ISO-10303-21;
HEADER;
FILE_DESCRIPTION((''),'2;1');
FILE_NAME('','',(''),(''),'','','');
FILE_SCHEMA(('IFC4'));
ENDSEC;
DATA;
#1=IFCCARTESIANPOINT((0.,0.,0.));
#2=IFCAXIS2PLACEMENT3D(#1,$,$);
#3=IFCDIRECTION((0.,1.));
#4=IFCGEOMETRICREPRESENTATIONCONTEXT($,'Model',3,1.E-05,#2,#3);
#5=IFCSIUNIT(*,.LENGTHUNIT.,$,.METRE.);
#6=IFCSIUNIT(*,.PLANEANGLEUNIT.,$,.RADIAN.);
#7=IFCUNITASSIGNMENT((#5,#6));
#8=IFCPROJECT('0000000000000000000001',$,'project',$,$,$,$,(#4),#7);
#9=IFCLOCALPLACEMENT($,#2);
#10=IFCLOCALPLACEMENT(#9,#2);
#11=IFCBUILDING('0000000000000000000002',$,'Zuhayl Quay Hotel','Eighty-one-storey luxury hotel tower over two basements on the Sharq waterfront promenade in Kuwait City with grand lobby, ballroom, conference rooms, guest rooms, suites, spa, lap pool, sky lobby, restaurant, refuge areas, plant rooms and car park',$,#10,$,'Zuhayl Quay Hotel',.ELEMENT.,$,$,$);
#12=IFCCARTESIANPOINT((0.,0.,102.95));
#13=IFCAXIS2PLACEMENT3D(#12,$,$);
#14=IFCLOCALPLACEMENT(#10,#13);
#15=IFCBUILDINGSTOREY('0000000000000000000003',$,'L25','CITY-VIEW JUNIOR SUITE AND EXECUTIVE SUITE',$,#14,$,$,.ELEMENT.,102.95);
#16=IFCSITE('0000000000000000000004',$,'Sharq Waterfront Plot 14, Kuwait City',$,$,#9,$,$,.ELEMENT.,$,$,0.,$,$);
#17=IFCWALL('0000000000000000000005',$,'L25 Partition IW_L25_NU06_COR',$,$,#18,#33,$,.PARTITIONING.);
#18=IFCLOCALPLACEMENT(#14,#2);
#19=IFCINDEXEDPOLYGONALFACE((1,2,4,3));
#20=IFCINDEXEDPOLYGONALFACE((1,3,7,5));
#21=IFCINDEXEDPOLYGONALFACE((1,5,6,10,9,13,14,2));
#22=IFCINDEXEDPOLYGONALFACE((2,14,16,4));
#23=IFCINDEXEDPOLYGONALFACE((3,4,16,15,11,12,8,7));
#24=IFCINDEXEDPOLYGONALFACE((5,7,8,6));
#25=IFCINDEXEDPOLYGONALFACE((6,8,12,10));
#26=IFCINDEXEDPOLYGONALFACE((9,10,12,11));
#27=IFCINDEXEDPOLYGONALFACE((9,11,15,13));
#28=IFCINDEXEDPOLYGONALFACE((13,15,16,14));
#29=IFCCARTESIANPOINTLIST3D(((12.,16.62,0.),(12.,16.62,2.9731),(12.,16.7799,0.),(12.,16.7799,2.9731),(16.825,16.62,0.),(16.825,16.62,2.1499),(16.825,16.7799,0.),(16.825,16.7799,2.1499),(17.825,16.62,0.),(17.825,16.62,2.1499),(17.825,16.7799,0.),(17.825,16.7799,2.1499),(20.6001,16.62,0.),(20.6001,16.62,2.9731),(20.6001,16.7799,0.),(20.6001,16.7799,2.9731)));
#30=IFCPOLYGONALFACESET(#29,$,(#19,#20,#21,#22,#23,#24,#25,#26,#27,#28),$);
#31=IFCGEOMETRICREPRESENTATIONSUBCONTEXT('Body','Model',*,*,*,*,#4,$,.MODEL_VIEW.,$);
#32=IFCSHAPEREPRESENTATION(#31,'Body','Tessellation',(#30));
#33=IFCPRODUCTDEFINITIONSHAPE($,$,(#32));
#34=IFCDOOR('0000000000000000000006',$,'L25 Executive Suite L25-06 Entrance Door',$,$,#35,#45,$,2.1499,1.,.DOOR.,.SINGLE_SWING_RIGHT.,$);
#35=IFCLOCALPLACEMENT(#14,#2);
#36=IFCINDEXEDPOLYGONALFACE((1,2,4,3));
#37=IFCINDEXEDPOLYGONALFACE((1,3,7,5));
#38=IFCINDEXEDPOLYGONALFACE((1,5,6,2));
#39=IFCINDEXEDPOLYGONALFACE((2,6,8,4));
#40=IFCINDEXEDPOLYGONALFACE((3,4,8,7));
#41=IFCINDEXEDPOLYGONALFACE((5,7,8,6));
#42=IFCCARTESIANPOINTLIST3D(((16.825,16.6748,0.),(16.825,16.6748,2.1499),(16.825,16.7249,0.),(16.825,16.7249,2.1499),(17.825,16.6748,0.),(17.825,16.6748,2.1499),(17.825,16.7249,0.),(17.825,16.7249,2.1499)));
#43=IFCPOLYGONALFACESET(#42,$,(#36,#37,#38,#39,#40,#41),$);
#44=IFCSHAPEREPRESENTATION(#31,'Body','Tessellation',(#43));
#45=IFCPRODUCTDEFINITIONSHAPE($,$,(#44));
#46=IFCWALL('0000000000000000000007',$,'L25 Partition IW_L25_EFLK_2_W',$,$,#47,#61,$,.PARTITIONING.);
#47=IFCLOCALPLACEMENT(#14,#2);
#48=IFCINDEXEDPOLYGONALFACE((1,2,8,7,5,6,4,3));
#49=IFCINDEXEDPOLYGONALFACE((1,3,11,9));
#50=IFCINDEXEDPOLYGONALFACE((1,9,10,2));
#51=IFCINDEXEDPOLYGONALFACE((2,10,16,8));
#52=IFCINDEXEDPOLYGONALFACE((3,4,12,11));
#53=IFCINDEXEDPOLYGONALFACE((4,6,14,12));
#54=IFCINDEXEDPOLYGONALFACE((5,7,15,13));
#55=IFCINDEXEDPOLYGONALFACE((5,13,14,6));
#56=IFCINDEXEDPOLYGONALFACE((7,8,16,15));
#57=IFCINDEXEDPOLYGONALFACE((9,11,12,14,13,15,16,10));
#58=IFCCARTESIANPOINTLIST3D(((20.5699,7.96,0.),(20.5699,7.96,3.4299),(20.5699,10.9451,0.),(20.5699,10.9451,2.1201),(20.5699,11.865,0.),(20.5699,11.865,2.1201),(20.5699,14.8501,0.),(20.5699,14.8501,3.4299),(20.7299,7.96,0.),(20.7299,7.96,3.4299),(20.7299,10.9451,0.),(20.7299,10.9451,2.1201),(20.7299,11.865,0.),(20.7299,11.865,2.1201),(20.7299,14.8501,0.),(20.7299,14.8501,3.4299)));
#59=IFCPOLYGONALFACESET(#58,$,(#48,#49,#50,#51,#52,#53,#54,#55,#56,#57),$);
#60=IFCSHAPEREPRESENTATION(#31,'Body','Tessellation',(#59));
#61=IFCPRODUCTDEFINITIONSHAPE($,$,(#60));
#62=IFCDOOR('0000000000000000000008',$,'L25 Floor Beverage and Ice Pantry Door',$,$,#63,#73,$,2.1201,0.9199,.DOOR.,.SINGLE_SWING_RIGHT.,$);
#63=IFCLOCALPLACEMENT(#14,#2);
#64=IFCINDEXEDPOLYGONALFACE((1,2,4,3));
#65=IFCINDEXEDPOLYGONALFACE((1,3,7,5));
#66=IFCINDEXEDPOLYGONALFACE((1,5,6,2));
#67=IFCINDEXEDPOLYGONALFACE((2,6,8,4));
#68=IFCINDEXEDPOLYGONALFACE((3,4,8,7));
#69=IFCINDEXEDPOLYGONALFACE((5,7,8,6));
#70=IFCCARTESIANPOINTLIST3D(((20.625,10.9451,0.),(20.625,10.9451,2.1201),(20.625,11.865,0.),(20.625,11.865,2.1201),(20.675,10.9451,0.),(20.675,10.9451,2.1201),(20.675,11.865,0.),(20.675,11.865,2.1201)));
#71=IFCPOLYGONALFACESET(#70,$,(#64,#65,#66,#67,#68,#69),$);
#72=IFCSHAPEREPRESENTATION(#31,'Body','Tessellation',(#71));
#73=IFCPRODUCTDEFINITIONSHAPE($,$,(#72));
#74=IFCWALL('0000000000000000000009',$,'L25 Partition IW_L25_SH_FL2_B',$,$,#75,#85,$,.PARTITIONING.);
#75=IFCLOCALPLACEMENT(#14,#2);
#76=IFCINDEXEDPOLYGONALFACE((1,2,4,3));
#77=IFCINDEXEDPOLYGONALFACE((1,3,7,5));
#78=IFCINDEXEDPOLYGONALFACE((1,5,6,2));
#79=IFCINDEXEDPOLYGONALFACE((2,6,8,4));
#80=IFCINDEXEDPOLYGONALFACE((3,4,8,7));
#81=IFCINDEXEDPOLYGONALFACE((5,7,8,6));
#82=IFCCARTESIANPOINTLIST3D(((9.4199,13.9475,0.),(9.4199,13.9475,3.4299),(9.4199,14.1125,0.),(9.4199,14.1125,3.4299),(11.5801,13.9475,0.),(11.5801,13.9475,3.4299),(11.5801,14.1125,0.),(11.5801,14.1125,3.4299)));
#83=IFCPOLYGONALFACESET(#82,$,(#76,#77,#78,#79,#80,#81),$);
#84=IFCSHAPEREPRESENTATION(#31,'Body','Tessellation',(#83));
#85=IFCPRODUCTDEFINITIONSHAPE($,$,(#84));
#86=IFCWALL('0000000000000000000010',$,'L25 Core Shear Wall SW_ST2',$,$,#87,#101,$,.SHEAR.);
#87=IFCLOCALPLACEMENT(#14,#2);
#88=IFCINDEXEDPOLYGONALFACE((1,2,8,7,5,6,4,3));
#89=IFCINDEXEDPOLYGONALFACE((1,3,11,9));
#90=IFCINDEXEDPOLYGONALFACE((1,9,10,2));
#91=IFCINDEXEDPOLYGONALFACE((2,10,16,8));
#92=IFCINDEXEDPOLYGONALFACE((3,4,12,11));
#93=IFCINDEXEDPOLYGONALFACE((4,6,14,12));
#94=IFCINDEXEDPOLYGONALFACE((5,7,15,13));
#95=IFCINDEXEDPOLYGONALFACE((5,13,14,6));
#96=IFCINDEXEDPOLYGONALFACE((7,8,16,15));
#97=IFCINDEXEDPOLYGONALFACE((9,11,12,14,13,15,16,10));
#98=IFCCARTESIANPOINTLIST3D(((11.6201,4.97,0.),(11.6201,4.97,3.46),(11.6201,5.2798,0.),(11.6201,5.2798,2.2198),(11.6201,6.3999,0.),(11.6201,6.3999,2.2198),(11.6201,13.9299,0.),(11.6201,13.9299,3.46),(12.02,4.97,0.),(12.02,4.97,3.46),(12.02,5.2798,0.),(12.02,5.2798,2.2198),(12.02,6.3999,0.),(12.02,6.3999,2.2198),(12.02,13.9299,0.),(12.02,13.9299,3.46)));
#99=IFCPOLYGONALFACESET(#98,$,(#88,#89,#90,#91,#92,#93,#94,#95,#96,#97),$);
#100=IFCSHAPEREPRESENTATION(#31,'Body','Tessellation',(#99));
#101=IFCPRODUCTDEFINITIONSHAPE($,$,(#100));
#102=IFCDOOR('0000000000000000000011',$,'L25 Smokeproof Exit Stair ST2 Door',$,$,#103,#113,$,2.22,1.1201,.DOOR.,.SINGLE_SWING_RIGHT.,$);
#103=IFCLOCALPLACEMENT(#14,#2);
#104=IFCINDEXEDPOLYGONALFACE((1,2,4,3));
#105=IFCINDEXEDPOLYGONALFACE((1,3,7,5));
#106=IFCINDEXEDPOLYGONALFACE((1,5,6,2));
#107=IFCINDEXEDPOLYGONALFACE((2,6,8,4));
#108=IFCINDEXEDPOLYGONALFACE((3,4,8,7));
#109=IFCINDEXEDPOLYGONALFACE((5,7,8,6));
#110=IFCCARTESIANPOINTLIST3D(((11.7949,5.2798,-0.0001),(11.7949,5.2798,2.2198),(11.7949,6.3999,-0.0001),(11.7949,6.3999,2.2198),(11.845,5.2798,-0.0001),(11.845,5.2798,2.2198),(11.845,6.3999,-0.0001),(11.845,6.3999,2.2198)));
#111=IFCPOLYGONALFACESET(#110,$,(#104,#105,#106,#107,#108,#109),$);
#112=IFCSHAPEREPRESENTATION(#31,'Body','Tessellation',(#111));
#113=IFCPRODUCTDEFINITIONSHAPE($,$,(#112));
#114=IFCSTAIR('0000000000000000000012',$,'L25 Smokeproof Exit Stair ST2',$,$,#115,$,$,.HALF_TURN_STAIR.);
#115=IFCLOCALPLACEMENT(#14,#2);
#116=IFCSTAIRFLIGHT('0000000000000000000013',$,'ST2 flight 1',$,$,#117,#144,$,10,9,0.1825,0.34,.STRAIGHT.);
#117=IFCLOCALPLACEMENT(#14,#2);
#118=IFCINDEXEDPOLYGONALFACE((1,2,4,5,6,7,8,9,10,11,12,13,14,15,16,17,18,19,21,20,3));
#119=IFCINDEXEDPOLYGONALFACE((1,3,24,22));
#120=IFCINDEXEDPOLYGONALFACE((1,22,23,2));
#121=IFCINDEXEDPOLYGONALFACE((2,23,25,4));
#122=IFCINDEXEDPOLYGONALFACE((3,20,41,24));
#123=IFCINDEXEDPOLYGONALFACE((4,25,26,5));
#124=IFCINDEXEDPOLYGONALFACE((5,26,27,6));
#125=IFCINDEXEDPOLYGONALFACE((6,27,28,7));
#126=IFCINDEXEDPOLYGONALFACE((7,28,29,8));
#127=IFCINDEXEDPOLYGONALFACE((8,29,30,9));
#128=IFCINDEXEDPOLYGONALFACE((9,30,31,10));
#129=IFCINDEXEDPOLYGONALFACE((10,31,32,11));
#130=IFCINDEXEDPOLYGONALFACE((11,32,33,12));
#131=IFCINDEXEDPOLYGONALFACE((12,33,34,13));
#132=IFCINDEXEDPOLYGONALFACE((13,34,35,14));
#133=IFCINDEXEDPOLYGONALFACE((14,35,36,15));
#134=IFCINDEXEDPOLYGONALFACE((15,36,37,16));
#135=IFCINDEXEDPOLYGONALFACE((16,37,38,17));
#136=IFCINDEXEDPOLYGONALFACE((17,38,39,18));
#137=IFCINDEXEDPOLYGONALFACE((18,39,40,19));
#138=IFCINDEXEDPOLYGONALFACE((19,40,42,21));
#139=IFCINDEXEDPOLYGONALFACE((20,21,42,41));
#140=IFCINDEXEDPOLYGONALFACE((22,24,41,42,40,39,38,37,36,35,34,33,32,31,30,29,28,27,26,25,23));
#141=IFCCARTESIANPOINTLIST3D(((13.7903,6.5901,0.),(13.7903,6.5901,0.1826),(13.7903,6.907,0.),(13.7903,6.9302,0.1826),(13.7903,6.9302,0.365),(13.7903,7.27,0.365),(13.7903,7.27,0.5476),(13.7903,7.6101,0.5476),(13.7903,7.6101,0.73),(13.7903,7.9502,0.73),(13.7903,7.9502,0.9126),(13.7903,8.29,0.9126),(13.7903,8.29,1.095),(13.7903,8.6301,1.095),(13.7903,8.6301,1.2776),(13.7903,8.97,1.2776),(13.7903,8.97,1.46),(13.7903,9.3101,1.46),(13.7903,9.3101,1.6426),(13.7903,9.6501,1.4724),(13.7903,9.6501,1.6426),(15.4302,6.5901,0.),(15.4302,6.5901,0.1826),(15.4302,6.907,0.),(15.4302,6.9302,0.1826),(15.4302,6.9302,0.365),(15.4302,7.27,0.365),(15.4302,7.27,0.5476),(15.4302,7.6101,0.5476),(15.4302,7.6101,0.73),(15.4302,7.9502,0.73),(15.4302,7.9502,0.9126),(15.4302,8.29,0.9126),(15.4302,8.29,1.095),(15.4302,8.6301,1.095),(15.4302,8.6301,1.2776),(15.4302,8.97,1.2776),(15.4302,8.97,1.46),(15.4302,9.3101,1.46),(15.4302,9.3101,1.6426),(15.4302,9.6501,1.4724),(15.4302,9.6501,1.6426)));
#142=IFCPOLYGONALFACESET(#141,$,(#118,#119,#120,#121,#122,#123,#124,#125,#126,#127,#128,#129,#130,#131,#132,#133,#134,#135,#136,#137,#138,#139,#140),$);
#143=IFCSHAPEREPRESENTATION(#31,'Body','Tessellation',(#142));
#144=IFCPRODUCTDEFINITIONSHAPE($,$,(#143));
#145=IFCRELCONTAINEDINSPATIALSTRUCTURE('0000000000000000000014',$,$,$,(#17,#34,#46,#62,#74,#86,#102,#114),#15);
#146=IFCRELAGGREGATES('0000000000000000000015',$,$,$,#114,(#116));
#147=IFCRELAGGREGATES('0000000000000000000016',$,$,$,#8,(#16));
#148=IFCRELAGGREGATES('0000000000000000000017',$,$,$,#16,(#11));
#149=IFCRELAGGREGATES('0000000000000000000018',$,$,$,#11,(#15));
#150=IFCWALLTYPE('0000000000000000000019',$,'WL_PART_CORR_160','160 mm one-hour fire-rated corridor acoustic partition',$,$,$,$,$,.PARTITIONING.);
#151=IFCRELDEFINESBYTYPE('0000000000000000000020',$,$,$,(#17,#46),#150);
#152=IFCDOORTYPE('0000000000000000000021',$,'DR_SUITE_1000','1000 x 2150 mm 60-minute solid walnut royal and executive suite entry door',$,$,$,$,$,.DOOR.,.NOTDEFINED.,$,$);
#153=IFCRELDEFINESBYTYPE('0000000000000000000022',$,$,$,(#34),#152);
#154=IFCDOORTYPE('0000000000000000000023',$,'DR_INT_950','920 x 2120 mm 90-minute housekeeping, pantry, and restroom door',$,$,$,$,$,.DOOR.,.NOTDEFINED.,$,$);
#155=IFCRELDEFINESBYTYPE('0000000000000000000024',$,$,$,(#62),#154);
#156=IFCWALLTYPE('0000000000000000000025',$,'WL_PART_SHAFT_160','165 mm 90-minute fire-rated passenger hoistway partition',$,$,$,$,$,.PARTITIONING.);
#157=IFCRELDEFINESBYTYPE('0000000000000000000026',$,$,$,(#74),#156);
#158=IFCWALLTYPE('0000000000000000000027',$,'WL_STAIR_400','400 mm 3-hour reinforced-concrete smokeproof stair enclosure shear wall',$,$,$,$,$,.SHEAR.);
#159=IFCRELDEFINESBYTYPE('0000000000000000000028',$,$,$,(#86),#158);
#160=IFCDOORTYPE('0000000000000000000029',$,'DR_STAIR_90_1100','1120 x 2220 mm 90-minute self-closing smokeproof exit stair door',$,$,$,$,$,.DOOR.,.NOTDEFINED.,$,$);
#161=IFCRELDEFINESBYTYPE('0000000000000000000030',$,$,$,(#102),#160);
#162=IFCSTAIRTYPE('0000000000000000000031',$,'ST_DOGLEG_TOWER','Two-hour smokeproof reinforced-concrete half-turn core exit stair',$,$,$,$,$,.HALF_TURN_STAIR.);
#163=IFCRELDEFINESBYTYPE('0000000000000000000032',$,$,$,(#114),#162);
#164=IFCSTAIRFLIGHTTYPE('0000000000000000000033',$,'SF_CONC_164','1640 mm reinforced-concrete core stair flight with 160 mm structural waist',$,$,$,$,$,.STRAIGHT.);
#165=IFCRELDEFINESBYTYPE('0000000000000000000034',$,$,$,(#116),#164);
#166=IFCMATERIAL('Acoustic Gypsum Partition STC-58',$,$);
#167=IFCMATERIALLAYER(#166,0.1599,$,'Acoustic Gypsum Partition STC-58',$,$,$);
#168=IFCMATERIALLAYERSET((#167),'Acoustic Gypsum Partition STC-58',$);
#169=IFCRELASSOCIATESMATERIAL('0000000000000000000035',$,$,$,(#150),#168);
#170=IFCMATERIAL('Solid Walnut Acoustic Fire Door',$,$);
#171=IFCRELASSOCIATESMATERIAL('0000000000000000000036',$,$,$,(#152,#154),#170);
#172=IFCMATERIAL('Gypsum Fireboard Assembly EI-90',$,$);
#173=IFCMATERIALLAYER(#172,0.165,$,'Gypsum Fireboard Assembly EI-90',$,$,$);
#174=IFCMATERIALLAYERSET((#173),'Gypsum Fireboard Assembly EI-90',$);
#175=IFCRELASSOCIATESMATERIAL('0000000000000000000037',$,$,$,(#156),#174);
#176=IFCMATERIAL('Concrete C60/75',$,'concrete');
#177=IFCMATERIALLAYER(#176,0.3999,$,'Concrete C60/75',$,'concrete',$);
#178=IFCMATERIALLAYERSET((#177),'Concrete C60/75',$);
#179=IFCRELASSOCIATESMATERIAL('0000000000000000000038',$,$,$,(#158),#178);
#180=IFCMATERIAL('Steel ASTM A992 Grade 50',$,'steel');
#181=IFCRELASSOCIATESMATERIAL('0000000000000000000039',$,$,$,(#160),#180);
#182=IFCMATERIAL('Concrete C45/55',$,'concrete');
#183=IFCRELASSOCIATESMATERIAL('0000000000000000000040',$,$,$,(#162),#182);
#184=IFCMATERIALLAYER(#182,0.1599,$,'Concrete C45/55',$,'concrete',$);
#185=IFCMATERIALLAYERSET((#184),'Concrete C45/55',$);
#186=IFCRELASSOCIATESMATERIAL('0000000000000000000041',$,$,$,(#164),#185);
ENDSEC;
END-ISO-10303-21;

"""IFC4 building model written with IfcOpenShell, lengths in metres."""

from ifc_helpers import new_model, si_unit, direction, frame, frame_2d, origin, place, context, subcontext, project, spatial, polyline, rectangle, outline, extrude, material, layer, layer_set, type_object, element, fill, aggregate, save


model = new_model("IFC4")

# Units and contexts
model_context = context("Model", 3, precision=1e-05, world=origin(), true_north=direction((0.0, 1.0)))
body_context = subcontext(model_context, "Body", "Model", "MODEL_VIEW")
ifc_project = project(units=[si_unit("LENGTHUNIT", "METRE"), si_unit("PLANEANGLEUNIT", "RADIAN")], contexts=[model_context])

# Site, building, storey
site_placement = place(None, origin())
site = spatial("IfcSite", under=ifc_project, at=site_placement, Name="Sharq Waterfront Plot 14, Kuwait City", CompositionType="ELEMENT", RefElevation=0.0)
building_placement = place(site_placement, origin())
building = spatial("IfcBuilding", under=site, at=building_placement, Name="Zuhayl Quay Hotel", Description="Eighty-one-storey luxury hotel tower over two basements on the Sharq waterfront promenade in Kuwait City with grand lobby, ballroom, conference rooms, guest rooms, suites, spa, lap pool, sky lobby, restaurant, refuge areas, plant rooms and car park", LongName="Zuhayl Quay Hotel", CompositionType="ELEMENT")
storey_placement = place(building_placement, frame((0.0, 0.0, 102.95)))
storey = spatial("IfcBuildingStorey", under=building, at=storey_placement, Name="L25", Description="CITY-VIEW JUNIOR SUITE AND EXECUTIVE SUITE", CompositionType="ELEMENT", Elevation=102.95)

# Shared definitions
ifc_material_1 = material(Name="Steel ASTM A992 Grade 50", Category="steel")

# Shared definitions
ifc_material_2 = material(Name="Concrete C60/75", Category="concrete")

# Shared definitions
ifc_material_3 = material(Name="Acoustic Gypsum Partition STC-58")

# Walls, openings, doors
ifc_layer_1 = layer(ifc_material_3, 0.1599, Name="Acoustic Gypsum Partition STC-58")
ifc_layer_set_1 = layer_set([ifc_layer_1], Name="Acoustic Gypsum Partition STC-58")
wall_type_1 = type_object("IfcWallType", Name="WL_PART_CORR_160", Description="160 mm one-hour fire-rated corridor acoustic partition", PredefinedType="PARTITIONING", material=ifc_layer_set_1)
wall_1_placement = place(storey_placement, frame((12.0, 16.7, 0.0), z_axis=(0.0, 0.0, 1.0), x_axis=(1.0, 0.0, 0.0)))
wall_1 = element("IfcWall", 1, at=wall_1_placement, inside=storey, type_object=wall_type_1, Name="L25 Partition IW_L25_NU06_COR", PredefinedType="PARTITIONING", context=body_context, shape_type="SweptSolid", body=[
    extrude(rectangle(XDim=8.6001, YDim=0.1599, at=frame_2d((4.3, 0.0))), origin(), (0.0, 0.0, 1.0), 2.9731),
])
opening_1_placement = place(wall_1_placement, frame((4.825, 0.0, 0.0)))
opening_1 = element("IfcOpeningElement", 2, at=opening_1_placement, cuts=wall_1, PredefinedType="OPENING", context=body_context, shape_type="SweptSolid", body=[
    extrude(rectangle(XDim=1.0, YDim=2.1499, at=frame_2d((0.5, 1.075))), frame((0.0, 0.0898, 0.0), z_axis=(0.0, -1.0, 0.0), x_axis=(1.0, 0.0, 0.0)), (0.0, 0.0, 1.0), 0.1799),
])
ifc_material_4 = material(Name="Solid Walnut Acoustic Fire Door")
door_type_1 = type_object("IfcDoorType", Name="DR_SUITE_1000", Description="1000 x 2150 mm 60-minute solid walnut royal and executive suite entry door", OperationType="NOTDEFINED", PredefinedType="DOOR", material=ifc_material_4)
door_1_placement = place(opening_1_placement, origin())
door_1 = element("IfcDoor", 3, at=door_1_placement, inside=storey, type_object=door_type_1, Name="L25 Executive Suite L25-06 Entrance Door", OperationType="SINGLE_SWING_RIGHT", OverallHeight=2.1499, OverallWidth=1.0, PredefinedType="DOOR", context=body_context, shape_type="SweptSolid", body=[
    extrude(rectangle(XDim=1.0, YDim=2.1499, at=frame_2d((0.5, 1.075))), frame((0.0, 0.0249, 0.0), z_axis=(0.0, -1.0, 0.0), x_axis=(1.0, 0.0, 0.0)), (0.0, 0.0, 1.0), 0.05),
])
fill(opening_1, door_1)
wall_2_placement = place(storey_placement, frame((20.6499, 7.96, 0.0), z_axis=(0.0, 0.0, 1.0), x_axis=(0.0, 1.0, 0.0)))
wall_2 = element("IfcWall", 4, at=wall_2_placement, inside=storey, type_object=wall_type_1, Name="L25 Partition IW_L25_EFLK_2_W", PredefinedType="PARTITIONING", context=body_context, shape_type="SweptSolid", body=[
    extrude(rectangle(XDim=6.8901, YDim=0.1599, at=frame_2d((3.4451, 0.0))), origin(), (0.0, 0.0, 1.0), 3.4299),
])
opening_2_placement = place(wall_2_placement, frame((2.9851, 0.0, 0.0)))
opening_2 = element("IfcOpeningElement", 5, at=opening_2_placement, cuts=wall_2, PredefinedType="OPENING", context=body_context, shape_type="SweptSolid", body=[
    extrude(rectangle(XDim=0.9199, YDim=2.1201, at=frame_2d((0.46, 1.0601))), frame((0.0, 0.0898, 0.0), z_axis=(0.0, -1.0, 0.0), x_axis=(1.0, 0.0, 0.0)), (0.0, 0.0, 1.0), 0.1799),
])
door_type_2 = type_object("IfcDoorType", Name="DR_INT_950", Description="920 x 2120 mm 90-minute housekeeping, pantry, and restroom door", OperationType="NOTDEFINED", PredefinedType="DOOR", material=ifc_material_4)
door_2_placement = place(opening_2_placement, origin())
door_2 = element("IfcDoor", 6, at=door_2_placement, inside=storey, type_object=door_type_2, Name="L25 Floor Beverage and Ice Pantry Door", OperationType="SINGLE_SWING_RIGHT", OverallHeight=2.1201, OverallWidth=0.9199, PredefinedType="DOOR", context=body_context, shape_type="SweptSolid", body=[
    extrude(rectangle(XDim=0.9199, YDim=2.1201, at=frame_2d((0.46, 1.0601))), frame((0.0, 0.0249, 0.0), z_axis=(0.0, -1.0, 0.0), x_axis=(1.0, 0.0, 0.0)), (0.0, 0.0, 1.0), 0.05),
])
fill(opening_2, door_2)

# Wall
ifc_material_5 = material(Name="Gypsum Fireboard Assembly EI-90")
ifc_layer_2 = layer(ifc_material_5, 0.165, Name="Gypsum Fireboard Assembly EI-90")
ifc_layer_set_2 = layer_set([ifc_layer_2], Name="Gypsum Fireboard Assembly EI-90")
wall_type_2 = type_object("IfcWallType", Name="WL_PART_SHAFT_160", Description="165 mm 90-minute fire-rated passenger hoistway partition", PredefinedType="PARTITIONING", material=ifc_layer_set_2)
wall_3_placement = place(storey_placement, frame((9.4199, 14.03, 0.0), z_axis=(0.0, 0.0, 1.0), x_axis=(1.0, 0.0, 0.0)))
element("IfcWall", 7, at=wall_3_placement, inside=storey, type_object=wall_type_2, Name="L25 Partition IW_L25_SH_FL2_B", PredefinedType="PARTITIONING", context=body_context, shape_type="SweptSolid", body=[
    extrude(rectangle(XDim=2.1602, YDim=0.165, at=frame_2d((1.0801, 0.0))), origin(), (0.0, 0.0, 1.0), 3.4299),
])

# Wall, opening, door
ifc_layer_3 = layer(ifc_material_2, 0.3999, Name="Concrete C60/75", Category="concrete")
ifc_layer_set_3 = layer_set([ifc_layer_3], Name="Concrete C60/75")
wall_type_3 = type_object("IfcWallType", Name="WL_STAIR_400", Description="400 mm 3-hour reinforced-concrete smokeproof stair enclosure shear wall", PredefinedType="SHEAR", material=ifc_layer_set_3)
wall_4_placement = place(storey_placement, frame((11.8201, 13.9299, 0.0), z_axis=(0.0, 0.0, 1.0), x_axis=(0.0, -1.0, 0.0)))
wall_4 = element("IfcWall", 8, at=wall_4_placement, inside=storey, type_object=wall_type_3, Name="L25 Core Shear Wall SW_ST2", PredefinedType="SHEAR", context=body_context, shape_type="SweptSolid", body=[
    extrude(rectangle(XDim=8.96, YDim=0.3999, at=frame_2d((4.48, 0.0))), origin(), (0.0, 0.0, 1.0), 3.46),
])
opening_3_placement = place(wall_4_placement, frame((7.53, 0.0, 0.0)))
opening_3 = element("IfcOpeningElement", 9, at=opening_3_placement, cuts=wall_4, PredefinedType="OPENING", context=body_context, shape_type="SweptSolid", body=[
    extrude(rectangle(XDim=1.1201, YDim=2.22, at=frame_2d((0.5601, 1.1099))), frame((0.0, 0.21, 0.0), z_axis=(0.0, -1.0, 0.0), x_axis=(1.0, 0.0, 0.0)), (0.0, 0.0, 1.0), 0.4199),
])
door_type_3 = type_object("IfcDoorType", Name="DR_STAIR_90_1100", Description="1120 x 2220 mm 90-minute self-closing smokeproof exit stair door", OperationType="NOTDEFINED", PredefinedType="DOOR", material=ifc_material_1)
door_3_placement = place(opening_3_placement, origin())
door_3 = element("IfcDoor", 10, at=door_3_placement, inside=storey, type_object=door_type_3, Name="L25 Smokeproof Exit Stair ST2 Door", OperationType="SINGLE_SWING_RIGHT", OverallHeight=2.22, OverallWidth=1.1201, PredefinedType="DOOR", context=body_context, shape_type="SweptSolid", body=[
    extrude(rectangle(XDim=1.1201, YDim=2.22, at=frame_2d((0.5601, 1.1099))), frame((0.0, 0.0249, 0.0), z_axis=(0.0, -1.0, 0.0), x_axis=(1.0, 0.0, 0.0)), (0.0, 0.0, 1.0), 0.05),
])
fill(opening_3, door_3)

# Stair, stair flight
ifc_material_6 = material(Name="Concrete C45/55", Category="concrete")
stair_type = type_object("IfcStairType", Name="ST_DOGLEG_TOWER", Description="Two-hour smokeproof reinforced-concrete half-turn core exit stair", PredefinedType="HALF_TURN_STAIR", material=ifc_material_6)
stair_placement = place(storey_placement, origin())
stair = element("IfcStair", 11, at=stair_placement, inside=storey, type_object=stair_type, Name="L25 Smokeproof Exit Stair ST2", PredefinedType="HALF_TURN_STAIR")
ifc_layer_4 = layer(ifc_material_6, 0.1599, Name="Concrete C45/55", Category="concrete")
ifc_layer_set_4 = layer_set([ifc_layer_4], Name="Concrete C45/55")
stair_flight_type = type_object("IfcStairFlightType", Name="SF_CONC_164", Description="1640 mm reinforced-concrete core stair flight with 160 mm structural waist", PredefinedType="STRAIGHT", material=ifc_layer_set_4)
stair_flight_1_placement = place(storey_placement, frame((14.6101, 6.5901, 0.0), z_axis=(0.0, 0.0, 1.0), x_axis=(0.0, 1.0, 0.0)))
stair_flight_1 = element("IfcStairFlight", 12, at=stair_flight_1_placement, type_object=stair_flight_type, Name="ST2 flight 1", NumberOfRisers=10, NumberOfTreads=9, PredefinedType="STRAIGHT", RiserHeight=0.1825, TreadLength=0.34, context=body_context, shape_type="SweptSolid", body=[
    extrude(outline(polyline([(0.0, 0.0), (0.0, 0.1826), (0.3401, 0.1826), (0.3401, 0.365), (0.6799, 0.365), (0.6799, 0.5476), (1.02, 0.5476), (1.02, 0.73), (1.3601, 0.73), (1.3601, 0.9126), (1.7, 0.9126), (1.7, 1.095), (2.04, 1.095), (2.04, 1.2776), (2.3799, 1.2776), (2.3799, 1.46), (2.72, 1.46), (2.72, 1.6426), (3.0601, 1.6426), (3.0601, 1.825), (3.0601, 1.4724), (0.3169, 0.0), (0.0, 0.0)])), frame((0.0, 0.8198, 0.0), z_axis=(0.0, -1.0, 0.0), x_axis=(1.0, 0.0, 0.0)), (0.0, 0.0, 1.0), 1.6399),
])
aggregate(stair, [stair_flight_1])

save(model, "model.ifc")
